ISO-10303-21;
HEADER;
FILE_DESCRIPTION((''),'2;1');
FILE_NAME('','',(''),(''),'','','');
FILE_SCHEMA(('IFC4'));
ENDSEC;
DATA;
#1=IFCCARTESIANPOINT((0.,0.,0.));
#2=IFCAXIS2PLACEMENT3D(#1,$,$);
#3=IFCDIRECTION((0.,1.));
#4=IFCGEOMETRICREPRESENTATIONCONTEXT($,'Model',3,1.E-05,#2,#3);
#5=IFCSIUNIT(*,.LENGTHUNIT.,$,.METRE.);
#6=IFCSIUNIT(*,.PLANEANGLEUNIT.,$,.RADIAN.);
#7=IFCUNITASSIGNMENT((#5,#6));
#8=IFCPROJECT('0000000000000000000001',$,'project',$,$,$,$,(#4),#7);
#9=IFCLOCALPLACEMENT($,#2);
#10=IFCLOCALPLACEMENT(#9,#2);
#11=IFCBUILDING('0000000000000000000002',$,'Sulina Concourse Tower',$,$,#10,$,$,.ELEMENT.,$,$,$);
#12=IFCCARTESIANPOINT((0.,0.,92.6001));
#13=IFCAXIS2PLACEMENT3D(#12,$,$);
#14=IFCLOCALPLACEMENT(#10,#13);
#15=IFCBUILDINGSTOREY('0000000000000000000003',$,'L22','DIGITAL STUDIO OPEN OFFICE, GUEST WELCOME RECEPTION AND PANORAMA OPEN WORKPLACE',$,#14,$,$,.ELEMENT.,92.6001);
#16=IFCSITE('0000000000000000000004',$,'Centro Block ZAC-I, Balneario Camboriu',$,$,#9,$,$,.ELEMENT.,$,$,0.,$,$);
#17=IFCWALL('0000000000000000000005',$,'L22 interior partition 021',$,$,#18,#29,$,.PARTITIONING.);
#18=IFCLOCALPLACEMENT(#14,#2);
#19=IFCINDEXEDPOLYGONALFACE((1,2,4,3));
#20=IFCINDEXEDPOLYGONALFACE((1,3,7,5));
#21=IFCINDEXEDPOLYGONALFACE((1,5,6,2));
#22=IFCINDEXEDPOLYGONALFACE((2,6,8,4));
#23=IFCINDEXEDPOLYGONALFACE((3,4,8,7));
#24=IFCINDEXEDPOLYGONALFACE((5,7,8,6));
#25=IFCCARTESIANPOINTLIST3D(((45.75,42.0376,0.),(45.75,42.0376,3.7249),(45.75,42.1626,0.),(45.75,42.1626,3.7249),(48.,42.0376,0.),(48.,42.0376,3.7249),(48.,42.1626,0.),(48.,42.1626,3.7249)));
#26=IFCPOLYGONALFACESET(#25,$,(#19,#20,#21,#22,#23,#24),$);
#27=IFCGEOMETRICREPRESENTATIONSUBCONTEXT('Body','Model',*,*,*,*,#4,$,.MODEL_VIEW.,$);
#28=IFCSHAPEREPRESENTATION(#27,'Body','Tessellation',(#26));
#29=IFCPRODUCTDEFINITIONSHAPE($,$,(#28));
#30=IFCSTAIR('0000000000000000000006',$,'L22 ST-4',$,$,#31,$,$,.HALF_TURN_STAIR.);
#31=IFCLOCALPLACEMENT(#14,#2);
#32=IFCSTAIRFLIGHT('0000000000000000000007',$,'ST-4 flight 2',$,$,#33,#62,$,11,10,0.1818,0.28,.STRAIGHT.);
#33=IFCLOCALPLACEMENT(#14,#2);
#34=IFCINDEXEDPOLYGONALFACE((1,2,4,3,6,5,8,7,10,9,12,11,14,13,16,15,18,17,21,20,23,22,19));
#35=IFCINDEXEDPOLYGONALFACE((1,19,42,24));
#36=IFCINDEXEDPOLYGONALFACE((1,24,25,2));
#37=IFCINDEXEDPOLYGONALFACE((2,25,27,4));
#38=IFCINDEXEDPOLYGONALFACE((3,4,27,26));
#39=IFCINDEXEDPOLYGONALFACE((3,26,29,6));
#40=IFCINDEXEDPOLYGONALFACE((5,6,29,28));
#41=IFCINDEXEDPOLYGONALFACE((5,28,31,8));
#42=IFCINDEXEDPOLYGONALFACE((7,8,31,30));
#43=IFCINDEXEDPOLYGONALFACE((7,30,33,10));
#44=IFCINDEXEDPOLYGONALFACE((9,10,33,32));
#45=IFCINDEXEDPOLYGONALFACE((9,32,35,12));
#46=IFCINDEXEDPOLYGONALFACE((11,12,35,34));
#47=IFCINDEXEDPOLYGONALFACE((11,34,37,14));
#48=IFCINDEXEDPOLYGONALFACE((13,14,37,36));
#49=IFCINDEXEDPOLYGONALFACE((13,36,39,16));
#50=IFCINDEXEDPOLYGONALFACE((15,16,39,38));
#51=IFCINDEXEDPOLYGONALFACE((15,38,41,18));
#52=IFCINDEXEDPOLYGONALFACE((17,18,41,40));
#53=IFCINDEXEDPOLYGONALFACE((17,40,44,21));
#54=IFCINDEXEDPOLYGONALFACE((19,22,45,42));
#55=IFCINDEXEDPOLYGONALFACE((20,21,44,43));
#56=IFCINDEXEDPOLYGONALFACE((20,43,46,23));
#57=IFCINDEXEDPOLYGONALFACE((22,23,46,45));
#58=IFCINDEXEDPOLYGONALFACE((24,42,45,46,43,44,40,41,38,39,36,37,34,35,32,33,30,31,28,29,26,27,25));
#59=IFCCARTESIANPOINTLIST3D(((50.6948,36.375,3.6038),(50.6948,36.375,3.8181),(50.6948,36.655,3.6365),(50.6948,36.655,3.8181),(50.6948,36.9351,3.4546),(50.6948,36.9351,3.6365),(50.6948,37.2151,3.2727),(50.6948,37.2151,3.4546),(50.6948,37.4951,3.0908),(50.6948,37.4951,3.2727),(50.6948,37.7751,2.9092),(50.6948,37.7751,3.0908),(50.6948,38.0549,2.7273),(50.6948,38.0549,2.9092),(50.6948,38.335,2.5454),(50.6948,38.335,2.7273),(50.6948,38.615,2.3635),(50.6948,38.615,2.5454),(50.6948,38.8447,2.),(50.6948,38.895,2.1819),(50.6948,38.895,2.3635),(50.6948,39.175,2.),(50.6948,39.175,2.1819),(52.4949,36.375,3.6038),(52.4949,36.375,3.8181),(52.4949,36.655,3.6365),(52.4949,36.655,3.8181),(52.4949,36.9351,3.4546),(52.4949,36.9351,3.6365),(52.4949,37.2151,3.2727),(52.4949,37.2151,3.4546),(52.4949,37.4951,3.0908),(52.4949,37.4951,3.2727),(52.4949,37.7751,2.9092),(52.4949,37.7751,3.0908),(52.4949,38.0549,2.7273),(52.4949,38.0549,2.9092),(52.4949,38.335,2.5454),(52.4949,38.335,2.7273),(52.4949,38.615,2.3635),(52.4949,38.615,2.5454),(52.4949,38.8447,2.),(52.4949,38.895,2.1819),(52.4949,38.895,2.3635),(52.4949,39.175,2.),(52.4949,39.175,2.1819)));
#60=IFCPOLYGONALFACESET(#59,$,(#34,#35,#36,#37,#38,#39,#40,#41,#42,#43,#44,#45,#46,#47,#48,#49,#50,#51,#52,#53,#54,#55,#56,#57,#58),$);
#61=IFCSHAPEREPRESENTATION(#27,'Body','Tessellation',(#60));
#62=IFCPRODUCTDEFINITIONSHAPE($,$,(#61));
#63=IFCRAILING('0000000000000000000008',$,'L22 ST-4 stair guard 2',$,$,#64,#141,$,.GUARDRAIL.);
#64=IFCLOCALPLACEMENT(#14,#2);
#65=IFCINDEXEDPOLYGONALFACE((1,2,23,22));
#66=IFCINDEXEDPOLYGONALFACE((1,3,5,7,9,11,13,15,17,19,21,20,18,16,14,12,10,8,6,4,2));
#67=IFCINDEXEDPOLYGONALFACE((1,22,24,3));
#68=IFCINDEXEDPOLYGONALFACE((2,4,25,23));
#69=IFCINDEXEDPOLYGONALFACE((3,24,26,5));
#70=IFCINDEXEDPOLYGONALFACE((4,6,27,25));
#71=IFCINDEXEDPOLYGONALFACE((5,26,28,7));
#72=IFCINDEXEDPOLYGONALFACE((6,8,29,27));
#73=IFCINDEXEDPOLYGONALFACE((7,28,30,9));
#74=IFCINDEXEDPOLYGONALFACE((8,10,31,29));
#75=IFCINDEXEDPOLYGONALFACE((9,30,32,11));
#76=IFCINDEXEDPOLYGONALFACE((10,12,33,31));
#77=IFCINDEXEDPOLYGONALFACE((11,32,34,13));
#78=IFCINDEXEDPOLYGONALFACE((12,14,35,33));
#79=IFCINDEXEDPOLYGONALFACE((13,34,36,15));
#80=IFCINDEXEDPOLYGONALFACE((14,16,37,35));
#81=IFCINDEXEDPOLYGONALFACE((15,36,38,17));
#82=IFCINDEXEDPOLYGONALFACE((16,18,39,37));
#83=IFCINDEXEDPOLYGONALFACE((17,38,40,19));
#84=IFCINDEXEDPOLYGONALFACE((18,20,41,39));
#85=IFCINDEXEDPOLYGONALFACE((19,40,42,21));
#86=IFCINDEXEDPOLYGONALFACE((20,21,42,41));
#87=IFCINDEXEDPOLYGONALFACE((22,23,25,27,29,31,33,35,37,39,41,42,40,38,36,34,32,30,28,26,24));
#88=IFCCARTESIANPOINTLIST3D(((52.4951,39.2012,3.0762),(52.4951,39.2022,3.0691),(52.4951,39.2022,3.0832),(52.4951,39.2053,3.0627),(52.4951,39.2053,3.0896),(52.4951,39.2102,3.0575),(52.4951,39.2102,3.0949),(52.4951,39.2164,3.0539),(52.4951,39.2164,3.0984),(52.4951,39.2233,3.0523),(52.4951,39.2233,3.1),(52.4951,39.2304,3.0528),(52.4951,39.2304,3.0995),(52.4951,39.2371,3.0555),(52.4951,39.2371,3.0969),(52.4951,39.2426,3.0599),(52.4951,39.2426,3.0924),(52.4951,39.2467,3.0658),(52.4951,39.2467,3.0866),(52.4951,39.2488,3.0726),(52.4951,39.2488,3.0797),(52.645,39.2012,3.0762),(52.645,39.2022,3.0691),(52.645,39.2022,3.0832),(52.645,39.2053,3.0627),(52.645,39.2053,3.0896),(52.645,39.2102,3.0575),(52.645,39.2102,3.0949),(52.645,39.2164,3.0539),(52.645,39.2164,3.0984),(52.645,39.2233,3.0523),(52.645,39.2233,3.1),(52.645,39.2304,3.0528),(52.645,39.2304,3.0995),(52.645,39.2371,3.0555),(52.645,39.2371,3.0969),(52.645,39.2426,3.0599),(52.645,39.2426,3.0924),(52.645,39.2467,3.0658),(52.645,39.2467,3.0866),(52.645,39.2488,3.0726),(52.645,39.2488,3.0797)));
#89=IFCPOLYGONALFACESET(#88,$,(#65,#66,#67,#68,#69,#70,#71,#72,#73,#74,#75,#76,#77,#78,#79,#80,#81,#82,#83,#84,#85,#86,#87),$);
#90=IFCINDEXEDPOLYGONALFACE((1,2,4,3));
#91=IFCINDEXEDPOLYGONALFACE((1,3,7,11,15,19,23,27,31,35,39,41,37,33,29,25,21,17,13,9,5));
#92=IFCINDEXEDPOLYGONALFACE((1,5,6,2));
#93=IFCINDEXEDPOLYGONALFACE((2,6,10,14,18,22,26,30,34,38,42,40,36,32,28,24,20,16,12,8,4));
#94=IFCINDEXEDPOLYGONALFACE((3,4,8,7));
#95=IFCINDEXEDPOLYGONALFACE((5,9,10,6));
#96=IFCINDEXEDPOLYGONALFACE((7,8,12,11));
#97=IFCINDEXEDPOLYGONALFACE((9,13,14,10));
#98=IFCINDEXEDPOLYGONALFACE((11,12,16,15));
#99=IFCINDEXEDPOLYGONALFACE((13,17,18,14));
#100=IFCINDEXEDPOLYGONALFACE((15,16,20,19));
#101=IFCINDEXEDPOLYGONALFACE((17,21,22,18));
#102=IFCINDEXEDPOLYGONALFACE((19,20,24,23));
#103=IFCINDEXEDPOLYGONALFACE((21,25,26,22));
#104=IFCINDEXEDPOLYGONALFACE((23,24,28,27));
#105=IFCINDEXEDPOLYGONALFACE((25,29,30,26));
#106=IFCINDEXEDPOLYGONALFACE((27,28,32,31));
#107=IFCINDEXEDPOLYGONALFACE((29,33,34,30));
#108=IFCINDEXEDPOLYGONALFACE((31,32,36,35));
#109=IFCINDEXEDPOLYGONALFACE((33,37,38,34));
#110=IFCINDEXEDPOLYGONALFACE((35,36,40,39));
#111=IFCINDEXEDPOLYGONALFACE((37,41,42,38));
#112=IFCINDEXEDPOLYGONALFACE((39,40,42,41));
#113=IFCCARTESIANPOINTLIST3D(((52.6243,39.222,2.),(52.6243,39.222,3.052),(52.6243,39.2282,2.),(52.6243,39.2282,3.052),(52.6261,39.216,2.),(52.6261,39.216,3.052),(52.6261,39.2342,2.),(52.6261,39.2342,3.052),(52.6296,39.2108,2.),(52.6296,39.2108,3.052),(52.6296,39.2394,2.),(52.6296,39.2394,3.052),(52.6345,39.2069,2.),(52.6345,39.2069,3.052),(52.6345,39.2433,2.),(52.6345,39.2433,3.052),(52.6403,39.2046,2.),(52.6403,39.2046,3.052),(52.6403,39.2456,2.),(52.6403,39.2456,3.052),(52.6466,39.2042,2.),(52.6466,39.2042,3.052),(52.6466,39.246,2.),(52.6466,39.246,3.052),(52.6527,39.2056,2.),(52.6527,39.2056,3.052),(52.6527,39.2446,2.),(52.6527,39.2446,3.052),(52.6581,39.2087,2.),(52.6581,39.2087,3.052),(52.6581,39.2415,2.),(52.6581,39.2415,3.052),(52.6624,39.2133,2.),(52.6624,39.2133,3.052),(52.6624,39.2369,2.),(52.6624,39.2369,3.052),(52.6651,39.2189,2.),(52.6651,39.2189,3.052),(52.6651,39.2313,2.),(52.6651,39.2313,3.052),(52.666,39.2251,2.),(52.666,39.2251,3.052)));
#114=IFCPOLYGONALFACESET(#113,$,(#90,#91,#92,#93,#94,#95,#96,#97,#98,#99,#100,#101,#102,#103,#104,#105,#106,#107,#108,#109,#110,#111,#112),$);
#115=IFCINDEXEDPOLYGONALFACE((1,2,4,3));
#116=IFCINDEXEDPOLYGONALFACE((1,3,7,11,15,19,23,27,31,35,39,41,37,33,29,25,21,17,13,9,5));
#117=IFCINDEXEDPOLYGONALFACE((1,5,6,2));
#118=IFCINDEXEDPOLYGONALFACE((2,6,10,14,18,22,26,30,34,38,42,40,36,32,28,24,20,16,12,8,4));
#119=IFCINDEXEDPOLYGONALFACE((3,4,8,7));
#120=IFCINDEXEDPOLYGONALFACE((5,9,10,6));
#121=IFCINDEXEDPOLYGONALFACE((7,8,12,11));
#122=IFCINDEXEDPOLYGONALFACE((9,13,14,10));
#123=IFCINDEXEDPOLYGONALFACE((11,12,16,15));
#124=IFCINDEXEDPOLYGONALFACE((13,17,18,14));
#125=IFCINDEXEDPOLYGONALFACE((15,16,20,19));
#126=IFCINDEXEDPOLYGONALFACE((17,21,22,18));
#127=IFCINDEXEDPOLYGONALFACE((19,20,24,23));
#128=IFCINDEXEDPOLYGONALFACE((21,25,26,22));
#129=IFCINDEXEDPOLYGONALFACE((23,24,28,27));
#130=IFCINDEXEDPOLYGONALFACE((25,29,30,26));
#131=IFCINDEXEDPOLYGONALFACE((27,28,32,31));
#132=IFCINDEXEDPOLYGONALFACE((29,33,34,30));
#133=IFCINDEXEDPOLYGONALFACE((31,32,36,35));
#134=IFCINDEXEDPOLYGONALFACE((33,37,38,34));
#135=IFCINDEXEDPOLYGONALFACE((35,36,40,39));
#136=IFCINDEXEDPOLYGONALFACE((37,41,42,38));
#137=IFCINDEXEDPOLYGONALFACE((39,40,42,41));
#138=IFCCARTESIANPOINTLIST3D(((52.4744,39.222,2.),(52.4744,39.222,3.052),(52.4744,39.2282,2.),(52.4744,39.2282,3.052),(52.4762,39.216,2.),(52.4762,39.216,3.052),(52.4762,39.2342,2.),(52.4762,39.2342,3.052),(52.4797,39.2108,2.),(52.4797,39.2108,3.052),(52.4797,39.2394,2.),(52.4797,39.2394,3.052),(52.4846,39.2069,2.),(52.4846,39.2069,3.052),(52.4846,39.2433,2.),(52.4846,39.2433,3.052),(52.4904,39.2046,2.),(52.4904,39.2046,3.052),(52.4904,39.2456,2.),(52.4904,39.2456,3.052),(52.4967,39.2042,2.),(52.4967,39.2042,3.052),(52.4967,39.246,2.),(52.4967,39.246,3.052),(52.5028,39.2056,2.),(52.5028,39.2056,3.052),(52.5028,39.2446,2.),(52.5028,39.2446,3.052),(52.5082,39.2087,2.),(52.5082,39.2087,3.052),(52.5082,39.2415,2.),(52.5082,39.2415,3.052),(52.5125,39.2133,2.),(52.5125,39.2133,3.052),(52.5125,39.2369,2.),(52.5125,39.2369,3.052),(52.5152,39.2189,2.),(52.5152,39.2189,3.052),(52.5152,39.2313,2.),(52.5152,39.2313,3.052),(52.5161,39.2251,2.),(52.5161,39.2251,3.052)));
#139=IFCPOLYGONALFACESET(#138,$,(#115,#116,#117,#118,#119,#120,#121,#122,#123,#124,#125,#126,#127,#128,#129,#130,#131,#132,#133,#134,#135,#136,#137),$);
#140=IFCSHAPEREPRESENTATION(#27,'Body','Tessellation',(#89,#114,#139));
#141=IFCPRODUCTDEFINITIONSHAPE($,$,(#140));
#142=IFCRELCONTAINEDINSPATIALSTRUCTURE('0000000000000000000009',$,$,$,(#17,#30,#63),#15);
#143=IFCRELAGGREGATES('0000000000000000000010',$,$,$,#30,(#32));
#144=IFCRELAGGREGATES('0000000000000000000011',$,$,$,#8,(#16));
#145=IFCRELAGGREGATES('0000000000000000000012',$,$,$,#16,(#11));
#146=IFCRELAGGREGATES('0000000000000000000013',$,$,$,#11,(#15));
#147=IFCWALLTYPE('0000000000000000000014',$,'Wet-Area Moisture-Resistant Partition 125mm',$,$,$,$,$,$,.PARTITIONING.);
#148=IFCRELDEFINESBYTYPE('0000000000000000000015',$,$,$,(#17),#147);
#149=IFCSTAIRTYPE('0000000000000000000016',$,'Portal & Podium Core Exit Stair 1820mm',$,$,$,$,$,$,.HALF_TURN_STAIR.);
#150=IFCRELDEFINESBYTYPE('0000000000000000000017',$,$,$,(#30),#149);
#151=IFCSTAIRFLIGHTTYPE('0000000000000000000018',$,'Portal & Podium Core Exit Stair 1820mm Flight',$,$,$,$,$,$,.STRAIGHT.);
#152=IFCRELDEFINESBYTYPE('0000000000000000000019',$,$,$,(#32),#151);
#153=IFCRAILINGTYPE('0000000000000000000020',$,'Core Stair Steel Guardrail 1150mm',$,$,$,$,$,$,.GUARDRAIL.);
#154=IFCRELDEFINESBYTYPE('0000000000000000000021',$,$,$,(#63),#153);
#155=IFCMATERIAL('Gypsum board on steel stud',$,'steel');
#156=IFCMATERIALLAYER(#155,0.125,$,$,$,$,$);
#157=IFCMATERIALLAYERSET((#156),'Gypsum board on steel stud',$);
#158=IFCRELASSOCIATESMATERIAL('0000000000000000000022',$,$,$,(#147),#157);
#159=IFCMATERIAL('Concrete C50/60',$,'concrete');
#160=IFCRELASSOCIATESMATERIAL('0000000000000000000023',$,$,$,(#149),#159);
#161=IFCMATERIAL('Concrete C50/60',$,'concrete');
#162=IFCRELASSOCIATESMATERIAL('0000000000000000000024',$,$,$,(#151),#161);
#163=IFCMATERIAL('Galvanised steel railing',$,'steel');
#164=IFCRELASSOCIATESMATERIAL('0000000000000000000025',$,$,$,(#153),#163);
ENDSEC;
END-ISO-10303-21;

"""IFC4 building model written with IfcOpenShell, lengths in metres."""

from ifc_helpers import new_model, si_unit, direction, frame, frame_2d, origin, origin_2d, place, context, subcontext, project, spatial, polyline, rectangle, circle, outline, extrude, material, layer, layer_set, type_object, element, aggregate, save


model = new_model("IFC4")

# Units and contexts
model_context = context("Model", 3, precision=1e-05, world=origin(), true_north=direction((0.0, 1.0)))
body_context = subcontext(model_context, "Body", "Model", "MODEL_VIEW")
ifc_project = project(units=[si_unit("LENGTHUNIT", "METRE"), si_unit("PLANEANGLEUNIT", "RADIAN")], contexts=[model_context])

# Site, building, storey
site_placement = place(None, origin())
site = spatial("IfcSite", under=ifc_project, at=site_placement, Name="Centro Block ZAC-I, Balneario Camboriu", CompositionType="ELEMENT", RefElevation=0.0)
building_placement = place(site_placement, origin())
building = spatial("IfcBuilding", under=site, at=building_placement, Name="Sulina Concourse Tower", CompositionType="ELEMENT")
storey_placement = place(building_placement, frame((0.0, 0.0, 92.6001)))
storey = spatial("IfcBuildingStorey", under=building, at=storey_placement, Name="L22", Description="DIGITAL STUDIO OPEN OFFICE, GUEST WELCOME RECEPTION AND PANORAMA OPEN WORKPLACE", CompositionType="ELEMENT", Elevation=92.6001)

# Wall
ifc_material_1 = material(Name="Gypsum board on steel stud", Category="steel")
ifc_layer_1 = layer(ifc_material_1, 0.125)
ifc_layer_set_1 = layer_set([ifc_layer_1], Name="Gypsum board on steel stud")
wall_type_1 = type_object("IfcWallType", Name="Wet-Area Moisture-Resistant Partition 125mm", PredefinedType="PARTITIONING", material=ifc_layer_set_1)
wall_1_placement = place(storey_placement, frame((45.75, 42.1001, 0.0), z_axis=(0.0, 0.0, 1.0), x_axis=(1.0, 0.0, 0.0)))
element("IfcWall", 1, at=wall_1_placement, inside=storey, type_object=wall_type_1, Name="L22 interior partition 021", PredefinedType="PARTITIONING", context=body_context, shape_type="SweptSolid", body=[
    extrude(rectangle(XDim=2.25, YDim=0.125, at=frame_2d((1.125, 0.0))), origin(), (0.0, 0.0, 1.0), 3.7249),
])

# Stair, stair flight
ifc_material_2 = material(Name="Concrete C50/60", Category="concrete")
stair_type = type_object("IfcStairType", Name="Portal & Podium Core Exit Stair 1820mm", PredefinedType="HALF_TURN_STAIR", material=ifc_material_2)
stair_placement = place(storey_placement, origin())
stair = element("IfcStair", 2, at=stair_placement, inside=storey, type_object=stair_type, Name="L22 ST-4", PredefinedType="HALF_TURN_STAIR")
ifc_material_3 = material(Name="Concrete C50/60", Category="concrete")
stair_flight_type = type_object("IfcStairFlightType", Name="Portal & Podium Core Exit Stair 1820mm Flight", PredefinedType="STRAIGHT", material=ifc_material_3)
stair_flight_placement = place(storey_placement, frame((51.595, 39.175, 2.0), z_axis=(0.0, 0.0, 1.0), x_axis=(0.0, -1.0, 0.0)))
stair_flight = element("IfcStairFlight", 3, at=stair_flight_placement, type_object=stair_flight_type, Name="ST-4 flight 2", NumberOfRisers=11, NumberOfTreads=10, PredefinedType="STRAIGHT", RiserHeight=0.1818, TreadLength=0.28, context=body_context, shape_type="SweptSolid", body=[
    extrude(outline(polyline([(0.0, 0.0), (0.0, 0.1819), (0.28, 0.1819), (0.28, 0.3635), (0.5601, 0.3635), (0.5601, 0.5454), (0.8401, 0.5454), (0.8401, 0.7273), (1.1201, 0.7273), (1.1201, 0.9092), (1.3999, 0.9092), (1.3999, 1.0908), (1.6799, 1.0908), (1.6799, 1.2727), (1.96, 1.2727), (1.96, 1.4546), (2.24, 1.4546), (2.24, 1.6365), (2.52, 1.6365), (2.52, 1.8181), (2.8, 1.8181), (2.8, 2.0), (2.8, 1.6038), (0.3303, 0.0), (0.0, 0.0)])), frame((0.0, 0.8999, 0.0), z_axis=(0.0, -1.0, 0.0), x_axis=(1.0, 0.0, 0.0)), (0.0, 0.0, 1.0), 1.8),
])
aggregate(stair, [stair_flight])

# Railing
ifc_material_4 = material(Name="Galvanised steel railing", Category="steel")
railing_type_1 = type_object("IfcRailingType", Name="Core Stair Steel Guardrail 1150mm", PredefinedType="GUARDRAIL", material=ifc_material_4)
railing_1_placement = place(storey_placement, frame((52.645, 39.2251, 2.0)))
element("IfcRailing", 4, at=railing_1_placement, inside=storey, type_object=railing_type_1, Name="L22 ST-4 stair guard 2", PredefinedType="GUARDRAIL", context=body_context, shape_type="SweptSolid", body=[
    extrude(circle(Radius=0.0239, at=origin_2d()), frame((0.0, 0.0, 1.0762), z_axis=(-1.0, 0.0, 0.0), x_axis=(0.0, -1.0, 0.0)), (0.0, 0.0, 1.0), 0.1499),
    extrude(circle(Radius=0.021, at=origin_2d()), origin(), (0.0, 0.0, 1.0), 1.052),
    extrude(circle(Radius=0.021, at=origin_2d()), frame((-0.1499, 0.0, 0.0)), (0.0, 0.0, 1.0), 1.052),
])

save(model, "model.ifc")
